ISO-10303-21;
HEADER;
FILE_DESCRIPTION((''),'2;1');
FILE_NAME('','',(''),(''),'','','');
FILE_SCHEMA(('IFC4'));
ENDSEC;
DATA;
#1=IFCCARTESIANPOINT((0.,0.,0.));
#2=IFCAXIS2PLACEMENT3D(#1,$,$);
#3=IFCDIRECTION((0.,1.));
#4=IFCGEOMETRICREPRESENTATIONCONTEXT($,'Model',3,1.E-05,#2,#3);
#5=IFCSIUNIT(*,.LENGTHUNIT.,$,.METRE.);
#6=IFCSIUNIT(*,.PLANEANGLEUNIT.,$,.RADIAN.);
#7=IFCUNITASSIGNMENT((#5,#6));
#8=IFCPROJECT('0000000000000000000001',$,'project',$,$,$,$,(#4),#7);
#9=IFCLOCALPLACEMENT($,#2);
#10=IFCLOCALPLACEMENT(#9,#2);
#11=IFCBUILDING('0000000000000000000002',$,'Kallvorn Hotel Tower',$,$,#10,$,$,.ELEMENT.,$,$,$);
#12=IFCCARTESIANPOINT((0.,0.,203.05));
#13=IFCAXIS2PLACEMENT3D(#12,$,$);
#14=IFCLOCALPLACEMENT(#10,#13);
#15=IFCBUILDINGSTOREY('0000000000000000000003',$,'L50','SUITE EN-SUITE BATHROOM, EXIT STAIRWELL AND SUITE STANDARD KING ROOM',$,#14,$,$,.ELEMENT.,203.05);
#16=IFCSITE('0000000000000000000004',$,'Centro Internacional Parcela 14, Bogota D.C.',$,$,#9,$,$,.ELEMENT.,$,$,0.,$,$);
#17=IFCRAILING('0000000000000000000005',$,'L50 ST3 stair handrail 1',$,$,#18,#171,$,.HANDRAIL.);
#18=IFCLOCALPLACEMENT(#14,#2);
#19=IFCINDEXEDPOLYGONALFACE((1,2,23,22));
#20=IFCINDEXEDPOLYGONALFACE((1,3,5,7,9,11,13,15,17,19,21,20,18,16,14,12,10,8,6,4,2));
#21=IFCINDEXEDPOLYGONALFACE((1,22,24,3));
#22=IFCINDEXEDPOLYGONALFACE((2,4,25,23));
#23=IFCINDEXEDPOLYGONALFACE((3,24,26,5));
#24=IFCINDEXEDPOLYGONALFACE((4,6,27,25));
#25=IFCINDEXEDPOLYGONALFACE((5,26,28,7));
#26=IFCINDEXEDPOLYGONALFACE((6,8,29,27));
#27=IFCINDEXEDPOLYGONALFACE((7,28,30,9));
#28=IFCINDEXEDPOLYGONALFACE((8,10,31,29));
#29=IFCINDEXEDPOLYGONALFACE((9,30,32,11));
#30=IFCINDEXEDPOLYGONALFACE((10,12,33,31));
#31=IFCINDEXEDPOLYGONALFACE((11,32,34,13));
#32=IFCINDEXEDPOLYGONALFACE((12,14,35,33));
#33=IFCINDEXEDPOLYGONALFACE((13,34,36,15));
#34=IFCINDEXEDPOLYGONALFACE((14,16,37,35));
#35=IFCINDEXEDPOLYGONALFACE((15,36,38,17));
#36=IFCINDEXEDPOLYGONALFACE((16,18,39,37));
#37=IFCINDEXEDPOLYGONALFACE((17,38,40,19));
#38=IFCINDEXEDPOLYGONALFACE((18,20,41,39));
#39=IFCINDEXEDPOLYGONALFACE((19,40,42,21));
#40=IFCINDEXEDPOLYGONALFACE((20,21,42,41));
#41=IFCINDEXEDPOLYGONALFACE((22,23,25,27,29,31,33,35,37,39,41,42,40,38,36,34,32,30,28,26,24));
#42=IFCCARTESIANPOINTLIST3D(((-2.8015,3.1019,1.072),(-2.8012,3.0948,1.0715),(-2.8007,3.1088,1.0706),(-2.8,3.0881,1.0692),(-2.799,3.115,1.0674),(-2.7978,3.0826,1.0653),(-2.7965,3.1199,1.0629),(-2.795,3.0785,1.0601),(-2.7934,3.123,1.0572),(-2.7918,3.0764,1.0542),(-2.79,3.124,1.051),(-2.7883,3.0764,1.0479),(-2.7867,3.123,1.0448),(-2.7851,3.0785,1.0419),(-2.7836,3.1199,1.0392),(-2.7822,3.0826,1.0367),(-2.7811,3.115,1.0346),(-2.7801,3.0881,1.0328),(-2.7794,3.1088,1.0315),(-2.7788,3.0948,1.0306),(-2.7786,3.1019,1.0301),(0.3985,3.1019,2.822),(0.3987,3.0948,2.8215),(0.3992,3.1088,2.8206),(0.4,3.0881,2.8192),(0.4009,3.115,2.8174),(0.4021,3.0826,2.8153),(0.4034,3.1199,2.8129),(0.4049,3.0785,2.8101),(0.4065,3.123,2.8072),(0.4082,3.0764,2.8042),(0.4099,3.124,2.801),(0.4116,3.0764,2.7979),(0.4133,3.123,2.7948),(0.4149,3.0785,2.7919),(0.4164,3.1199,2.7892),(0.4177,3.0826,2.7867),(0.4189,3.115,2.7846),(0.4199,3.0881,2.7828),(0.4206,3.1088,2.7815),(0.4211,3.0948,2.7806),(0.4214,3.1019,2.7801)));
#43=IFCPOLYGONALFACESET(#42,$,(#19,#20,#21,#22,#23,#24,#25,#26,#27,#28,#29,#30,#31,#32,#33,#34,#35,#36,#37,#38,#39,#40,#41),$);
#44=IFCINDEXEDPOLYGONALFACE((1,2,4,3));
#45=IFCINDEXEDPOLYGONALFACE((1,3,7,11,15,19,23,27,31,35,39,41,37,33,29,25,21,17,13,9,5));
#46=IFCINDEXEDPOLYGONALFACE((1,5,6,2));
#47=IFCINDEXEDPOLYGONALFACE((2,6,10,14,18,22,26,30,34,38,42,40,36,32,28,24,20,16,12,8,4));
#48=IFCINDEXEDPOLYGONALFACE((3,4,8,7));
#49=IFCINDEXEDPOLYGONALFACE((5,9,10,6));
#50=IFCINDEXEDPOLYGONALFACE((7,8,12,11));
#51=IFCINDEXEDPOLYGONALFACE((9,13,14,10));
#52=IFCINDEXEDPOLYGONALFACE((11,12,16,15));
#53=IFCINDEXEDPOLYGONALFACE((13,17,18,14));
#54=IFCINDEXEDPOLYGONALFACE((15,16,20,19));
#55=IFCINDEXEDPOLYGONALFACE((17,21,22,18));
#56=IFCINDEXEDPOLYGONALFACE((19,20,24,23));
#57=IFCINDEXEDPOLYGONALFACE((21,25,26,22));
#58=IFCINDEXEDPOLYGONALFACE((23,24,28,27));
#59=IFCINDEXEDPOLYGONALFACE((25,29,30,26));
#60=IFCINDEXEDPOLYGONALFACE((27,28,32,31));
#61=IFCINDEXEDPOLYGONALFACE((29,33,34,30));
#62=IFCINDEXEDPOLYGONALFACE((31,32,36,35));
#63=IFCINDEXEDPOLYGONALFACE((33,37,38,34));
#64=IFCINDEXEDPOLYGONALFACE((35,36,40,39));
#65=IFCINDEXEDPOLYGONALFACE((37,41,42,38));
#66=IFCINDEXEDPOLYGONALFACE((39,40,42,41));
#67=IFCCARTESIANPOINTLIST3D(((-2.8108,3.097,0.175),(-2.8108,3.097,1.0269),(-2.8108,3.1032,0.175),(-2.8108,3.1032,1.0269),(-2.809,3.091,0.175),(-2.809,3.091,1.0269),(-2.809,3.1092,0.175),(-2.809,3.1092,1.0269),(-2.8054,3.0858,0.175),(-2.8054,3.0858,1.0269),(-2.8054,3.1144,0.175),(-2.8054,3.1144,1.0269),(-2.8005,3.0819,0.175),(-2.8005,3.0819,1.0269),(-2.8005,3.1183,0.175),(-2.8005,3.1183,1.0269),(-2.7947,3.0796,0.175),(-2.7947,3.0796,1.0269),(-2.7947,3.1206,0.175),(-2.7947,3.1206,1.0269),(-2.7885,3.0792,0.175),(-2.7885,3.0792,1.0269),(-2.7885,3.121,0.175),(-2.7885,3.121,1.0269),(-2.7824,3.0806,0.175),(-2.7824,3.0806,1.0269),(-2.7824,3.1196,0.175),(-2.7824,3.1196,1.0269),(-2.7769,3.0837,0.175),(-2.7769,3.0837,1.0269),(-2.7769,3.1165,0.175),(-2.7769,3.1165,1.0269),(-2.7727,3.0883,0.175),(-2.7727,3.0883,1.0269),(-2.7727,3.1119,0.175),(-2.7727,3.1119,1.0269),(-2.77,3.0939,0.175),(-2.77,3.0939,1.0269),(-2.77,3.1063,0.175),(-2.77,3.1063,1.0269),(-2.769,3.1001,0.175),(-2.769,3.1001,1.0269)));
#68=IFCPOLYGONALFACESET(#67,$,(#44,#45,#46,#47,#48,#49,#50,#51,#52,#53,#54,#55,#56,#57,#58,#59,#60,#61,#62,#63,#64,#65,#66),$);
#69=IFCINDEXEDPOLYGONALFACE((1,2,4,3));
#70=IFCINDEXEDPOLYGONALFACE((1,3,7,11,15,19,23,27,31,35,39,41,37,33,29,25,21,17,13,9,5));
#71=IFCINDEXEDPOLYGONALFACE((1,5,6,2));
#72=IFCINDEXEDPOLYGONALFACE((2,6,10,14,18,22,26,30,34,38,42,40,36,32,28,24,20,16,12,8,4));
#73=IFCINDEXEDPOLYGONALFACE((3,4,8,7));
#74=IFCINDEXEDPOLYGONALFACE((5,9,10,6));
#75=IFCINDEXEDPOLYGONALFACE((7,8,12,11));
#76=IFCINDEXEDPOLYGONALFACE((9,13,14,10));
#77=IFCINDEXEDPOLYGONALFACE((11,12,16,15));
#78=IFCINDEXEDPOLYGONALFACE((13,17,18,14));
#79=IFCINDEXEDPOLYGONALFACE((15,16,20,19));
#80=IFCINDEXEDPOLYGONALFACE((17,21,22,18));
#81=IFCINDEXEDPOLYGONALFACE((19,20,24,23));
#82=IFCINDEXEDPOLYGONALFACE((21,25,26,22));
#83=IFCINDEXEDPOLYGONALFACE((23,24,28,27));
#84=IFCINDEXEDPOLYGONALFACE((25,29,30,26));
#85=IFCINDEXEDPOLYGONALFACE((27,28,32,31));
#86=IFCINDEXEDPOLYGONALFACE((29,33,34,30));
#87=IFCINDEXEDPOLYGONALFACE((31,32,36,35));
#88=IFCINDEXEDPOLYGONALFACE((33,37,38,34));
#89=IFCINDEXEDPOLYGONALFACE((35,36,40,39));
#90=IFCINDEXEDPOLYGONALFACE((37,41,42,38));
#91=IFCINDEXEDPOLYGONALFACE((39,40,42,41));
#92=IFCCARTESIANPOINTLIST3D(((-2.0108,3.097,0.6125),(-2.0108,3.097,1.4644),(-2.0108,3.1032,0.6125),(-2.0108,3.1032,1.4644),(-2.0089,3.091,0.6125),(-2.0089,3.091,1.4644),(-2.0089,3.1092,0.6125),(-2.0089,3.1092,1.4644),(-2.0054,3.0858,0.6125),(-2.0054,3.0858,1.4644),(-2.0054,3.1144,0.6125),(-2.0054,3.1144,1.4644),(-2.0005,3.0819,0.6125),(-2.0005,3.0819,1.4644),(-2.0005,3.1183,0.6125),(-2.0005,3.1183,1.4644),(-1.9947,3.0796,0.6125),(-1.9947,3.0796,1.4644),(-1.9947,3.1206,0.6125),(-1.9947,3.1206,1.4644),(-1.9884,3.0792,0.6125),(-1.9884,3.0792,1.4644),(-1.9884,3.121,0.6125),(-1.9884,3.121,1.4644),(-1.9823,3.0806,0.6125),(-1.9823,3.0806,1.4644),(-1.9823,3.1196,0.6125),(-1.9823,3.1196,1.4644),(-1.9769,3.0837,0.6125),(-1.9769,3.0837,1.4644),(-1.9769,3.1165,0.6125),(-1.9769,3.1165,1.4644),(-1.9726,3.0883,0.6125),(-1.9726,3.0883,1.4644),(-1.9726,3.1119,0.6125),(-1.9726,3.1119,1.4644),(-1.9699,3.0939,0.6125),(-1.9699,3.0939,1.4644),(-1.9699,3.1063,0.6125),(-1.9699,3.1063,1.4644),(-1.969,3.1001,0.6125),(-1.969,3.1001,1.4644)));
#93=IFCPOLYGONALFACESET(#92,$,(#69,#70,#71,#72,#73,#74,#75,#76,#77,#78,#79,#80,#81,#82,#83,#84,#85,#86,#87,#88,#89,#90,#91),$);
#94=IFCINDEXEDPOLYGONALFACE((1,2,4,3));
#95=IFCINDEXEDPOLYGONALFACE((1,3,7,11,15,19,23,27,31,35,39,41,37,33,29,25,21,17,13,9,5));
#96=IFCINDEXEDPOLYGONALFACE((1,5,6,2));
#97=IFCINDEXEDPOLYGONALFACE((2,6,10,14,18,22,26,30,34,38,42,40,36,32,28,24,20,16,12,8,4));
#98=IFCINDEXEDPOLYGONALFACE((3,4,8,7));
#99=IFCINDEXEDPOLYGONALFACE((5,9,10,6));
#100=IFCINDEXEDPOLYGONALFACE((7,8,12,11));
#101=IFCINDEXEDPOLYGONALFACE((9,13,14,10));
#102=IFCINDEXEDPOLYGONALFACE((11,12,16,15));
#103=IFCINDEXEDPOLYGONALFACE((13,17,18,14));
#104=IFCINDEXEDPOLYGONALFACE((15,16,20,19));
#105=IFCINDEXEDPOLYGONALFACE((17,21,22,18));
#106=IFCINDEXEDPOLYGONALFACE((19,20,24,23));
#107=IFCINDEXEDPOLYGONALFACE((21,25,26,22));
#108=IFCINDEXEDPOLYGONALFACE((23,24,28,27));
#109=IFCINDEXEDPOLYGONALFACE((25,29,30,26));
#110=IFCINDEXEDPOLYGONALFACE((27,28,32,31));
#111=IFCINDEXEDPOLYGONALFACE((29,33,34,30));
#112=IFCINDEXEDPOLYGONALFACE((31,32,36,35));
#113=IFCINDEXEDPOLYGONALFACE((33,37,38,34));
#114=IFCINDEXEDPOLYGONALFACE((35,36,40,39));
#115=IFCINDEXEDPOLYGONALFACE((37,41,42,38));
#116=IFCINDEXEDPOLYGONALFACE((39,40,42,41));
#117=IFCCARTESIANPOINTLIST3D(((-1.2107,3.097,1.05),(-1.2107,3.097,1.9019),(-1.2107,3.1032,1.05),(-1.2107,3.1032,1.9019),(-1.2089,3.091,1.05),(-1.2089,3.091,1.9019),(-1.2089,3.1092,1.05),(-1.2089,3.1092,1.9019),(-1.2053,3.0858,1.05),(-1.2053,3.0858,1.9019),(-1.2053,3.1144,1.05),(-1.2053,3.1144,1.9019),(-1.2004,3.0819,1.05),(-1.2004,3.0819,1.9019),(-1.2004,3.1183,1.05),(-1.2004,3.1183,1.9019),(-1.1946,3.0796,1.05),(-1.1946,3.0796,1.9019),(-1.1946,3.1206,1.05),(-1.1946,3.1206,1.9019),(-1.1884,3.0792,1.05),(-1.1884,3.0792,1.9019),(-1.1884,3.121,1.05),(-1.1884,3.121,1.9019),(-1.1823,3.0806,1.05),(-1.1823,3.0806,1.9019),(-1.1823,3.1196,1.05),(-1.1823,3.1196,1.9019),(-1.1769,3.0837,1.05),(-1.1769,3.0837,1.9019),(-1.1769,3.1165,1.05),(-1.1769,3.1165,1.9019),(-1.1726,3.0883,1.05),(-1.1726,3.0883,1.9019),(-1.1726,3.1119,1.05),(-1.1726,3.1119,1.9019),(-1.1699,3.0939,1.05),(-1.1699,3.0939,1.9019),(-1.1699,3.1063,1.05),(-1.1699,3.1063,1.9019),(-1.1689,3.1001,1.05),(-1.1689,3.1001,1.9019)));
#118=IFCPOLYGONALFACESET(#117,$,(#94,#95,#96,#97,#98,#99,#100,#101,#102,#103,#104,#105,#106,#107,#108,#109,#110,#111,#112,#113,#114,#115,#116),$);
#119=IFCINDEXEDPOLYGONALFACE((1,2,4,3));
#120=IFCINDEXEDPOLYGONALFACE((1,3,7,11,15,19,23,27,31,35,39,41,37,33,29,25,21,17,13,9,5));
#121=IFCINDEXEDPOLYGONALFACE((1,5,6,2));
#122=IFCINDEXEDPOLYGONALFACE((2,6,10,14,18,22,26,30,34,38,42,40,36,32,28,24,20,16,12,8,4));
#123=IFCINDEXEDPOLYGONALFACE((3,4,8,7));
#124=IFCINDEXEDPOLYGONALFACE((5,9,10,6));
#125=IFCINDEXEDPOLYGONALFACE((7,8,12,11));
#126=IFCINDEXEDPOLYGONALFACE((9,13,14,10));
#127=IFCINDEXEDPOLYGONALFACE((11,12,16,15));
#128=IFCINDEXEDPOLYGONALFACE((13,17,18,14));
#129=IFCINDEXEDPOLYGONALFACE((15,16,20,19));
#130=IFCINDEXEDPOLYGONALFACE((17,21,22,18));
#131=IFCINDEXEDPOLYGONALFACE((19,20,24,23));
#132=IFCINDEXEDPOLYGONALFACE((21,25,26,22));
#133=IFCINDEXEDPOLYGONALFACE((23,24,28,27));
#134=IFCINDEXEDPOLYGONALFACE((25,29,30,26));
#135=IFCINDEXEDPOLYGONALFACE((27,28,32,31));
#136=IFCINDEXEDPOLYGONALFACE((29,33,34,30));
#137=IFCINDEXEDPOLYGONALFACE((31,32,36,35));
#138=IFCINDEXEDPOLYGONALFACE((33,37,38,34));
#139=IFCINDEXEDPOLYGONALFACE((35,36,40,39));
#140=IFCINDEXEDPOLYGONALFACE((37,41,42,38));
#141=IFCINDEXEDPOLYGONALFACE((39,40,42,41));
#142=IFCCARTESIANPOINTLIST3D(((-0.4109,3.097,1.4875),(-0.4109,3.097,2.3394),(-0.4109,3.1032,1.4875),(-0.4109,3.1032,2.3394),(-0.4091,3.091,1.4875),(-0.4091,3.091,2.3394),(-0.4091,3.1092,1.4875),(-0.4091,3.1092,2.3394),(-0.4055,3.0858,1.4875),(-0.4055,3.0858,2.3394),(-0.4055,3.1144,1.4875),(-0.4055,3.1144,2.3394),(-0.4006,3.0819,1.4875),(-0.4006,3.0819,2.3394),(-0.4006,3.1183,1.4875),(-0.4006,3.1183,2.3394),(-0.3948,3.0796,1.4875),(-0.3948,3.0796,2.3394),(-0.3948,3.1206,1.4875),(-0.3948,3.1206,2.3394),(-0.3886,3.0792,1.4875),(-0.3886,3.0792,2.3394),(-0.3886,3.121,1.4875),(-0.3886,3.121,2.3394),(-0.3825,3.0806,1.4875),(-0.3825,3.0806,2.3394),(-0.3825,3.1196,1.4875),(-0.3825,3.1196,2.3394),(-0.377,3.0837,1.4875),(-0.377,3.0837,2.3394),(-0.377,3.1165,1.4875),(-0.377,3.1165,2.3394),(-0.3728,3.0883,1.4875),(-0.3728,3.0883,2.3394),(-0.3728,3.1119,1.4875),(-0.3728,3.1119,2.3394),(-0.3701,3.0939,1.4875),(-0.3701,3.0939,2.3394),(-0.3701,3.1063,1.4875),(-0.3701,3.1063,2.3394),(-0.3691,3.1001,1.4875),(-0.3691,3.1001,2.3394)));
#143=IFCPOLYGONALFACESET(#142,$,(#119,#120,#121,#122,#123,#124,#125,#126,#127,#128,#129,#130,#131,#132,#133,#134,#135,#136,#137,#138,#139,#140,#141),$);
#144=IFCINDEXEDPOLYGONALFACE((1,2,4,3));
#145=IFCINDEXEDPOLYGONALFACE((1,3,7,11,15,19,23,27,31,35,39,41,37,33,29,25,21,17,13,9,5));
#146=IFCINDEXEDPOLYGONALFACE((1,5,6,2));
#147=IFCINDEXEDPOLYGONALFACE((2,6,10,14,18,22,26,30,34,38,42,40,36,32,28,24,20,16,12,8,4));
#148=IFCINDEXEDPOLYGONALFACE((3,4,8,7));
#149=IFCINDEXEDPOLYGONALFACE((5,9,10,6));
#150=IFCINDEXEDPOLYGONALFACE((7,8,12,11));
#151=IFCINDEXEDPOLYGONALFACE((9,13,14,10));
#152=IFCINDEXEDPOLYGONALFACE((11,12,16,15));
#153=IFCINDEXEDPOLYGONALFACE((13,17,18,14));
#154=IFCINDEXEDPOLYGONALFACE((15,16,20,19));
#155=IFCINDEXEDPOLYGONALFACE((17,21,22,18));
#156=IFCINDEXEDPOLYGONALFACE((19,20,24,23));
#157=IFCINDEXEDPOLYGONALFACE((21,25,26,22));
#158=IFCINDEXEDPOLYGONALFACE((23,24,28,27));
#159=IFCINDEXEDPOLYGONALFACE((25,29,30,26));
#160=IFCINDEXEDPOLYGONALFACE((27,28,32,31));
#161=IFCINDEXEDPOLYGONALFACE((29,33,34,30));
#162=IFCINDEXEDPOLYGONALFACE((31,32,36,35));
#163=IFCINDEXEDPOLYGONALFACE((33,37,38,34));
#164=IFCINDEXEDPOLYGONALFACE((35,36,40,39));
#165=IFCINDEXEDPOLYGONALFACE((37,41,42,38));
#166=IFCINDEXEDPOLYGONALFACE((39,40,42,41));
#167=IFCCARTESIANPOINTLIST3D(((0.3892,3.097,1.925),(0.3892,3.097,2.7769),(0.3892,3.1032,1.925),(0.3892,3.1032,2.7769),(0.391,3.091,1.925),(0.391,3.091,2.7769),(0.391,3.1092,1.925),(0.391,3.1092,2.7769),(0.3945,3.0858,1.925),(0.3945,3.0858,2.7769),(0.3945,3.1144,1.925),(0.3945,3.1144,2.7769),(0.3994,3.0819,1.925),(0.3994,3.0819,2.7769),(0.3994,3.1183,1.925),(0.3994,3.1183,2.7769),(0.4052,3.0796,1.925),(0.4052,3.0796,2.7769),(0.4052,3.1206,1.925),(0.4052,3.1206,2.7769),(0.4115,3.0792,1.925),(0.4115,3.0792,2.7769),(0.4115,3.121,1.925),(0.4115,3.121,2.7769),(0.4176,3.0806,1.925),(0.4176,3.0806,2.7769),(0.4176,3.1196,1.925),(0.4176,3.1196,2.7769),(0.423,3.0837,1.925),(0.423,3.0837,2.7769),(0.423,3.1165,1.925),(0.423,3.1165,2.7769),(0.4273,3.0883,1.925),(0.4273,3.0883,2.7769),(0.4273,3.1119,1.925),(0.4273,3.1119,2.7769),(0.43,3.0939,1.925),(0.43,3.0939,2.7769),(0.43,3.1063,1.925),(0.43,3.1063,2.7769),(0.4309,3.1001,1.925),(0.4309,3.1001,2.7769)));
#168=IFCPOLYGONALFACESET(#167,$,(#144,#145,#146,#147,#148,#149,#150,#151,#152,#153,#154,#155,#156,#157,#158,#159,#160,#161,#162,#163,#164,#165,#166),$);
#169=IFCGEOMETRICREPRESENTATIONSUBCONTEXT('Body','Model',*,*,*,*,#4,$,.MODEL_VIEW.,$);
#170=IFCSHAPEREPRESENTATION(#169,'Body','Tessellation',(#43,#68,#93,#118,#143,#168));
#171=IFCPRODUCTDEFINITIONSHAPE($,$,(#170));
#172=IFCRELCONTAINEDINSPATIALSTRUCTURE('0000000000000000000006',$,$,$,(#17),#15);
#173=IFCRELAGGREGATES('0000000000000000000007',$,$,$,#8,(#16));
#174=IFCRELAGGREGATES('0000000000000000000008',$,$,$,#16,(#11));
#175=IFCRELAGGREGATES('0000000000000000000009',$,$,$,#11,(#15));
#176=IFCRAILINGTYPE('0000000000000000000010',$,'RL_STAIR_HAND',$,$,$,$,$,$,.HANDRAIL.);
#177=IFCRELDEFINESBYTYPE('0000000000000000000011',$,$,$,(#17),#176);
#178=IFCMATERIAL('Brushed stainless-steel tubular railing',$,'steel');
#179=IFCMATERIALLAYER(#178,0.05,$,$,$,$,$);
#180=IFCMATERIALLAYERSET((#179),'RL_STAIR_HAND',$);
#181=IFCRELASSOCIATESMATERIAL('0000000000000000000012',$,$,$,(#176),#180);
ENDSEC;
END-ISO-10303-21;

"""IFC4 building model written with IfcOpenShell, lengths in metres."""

from ifc_helpers import new_model, si_unit, direction, frame, origin, origin_2d, place, context, subcontext, project, spatial, circle, extrude, material, layer, layer_set, type_object, element, save


model = new_model("IFC4")

# Units and contexts
model_context = context("Model", 3, precision=1e-05, world=origin(), true_north=direction((0.0, 1.0)))
body_context = subcontext(model_context, "Body", "Model", "MODEL_VIEW")
ifc_project = project(units=[si_unit("LENGTHUNIT", "METRE"), si_unit("PLANEANGLEUNIT", "RADIAN")], contexts=[model_context])

# Site, building, storey
site_placement = place(None, origin())
site = spatial("IfcSite", under=ifc_project, at=site_placement, Name="Centro Internacional Parcela 14, Bogota D.C.", CompositionType="ELEMENT", RefElevation=0.0)
building_placement = place(site_placement, origin())
building = spatial("IfcBuilding", under=site, at=building_placement, Name="Kallvorn Hotel Tower", CompositionType="ELEMENT")
storey_placement = place(building_placement, frame((0.0, 0.0, 203.05)))
storey = spatial("IfcBuildingStorey", under=building, at=storey_placement, Name="L50", Description="SUITE EN-SUITE BATHROOM, EXIT STAIRWELL AND SUITE STANDARD KING ROOM", CompositionType="ELEMENT", Elevation=203.05)

# Railing
ifc_material_1 = material(Name="Brushed stainless-steel tubular railing", Category="steel")
ifc_layer_1 = layer(ifc_material_1, 0.05)
ifc_layer_set_1 = layer_set([ifc_layer_1], Name="RL_STAIR_HAND")
railing_type_1 = type_object("IfcRailingType", Name="RL_STAIR_HAND", PredefinedType="HANDRAIL", material=ifc_layer_set_1)
railing_1_placement = place(storey_placement, frame((-2.79, 3.1001, 0.175)))
element("IfcRailing", 1, at=railing_1_placement, inside=storey, type_object=railing_type_1, Name="L50 ST3 stair handrail 1", PredefinedType="HANDRAIL", context=body_context, shape_type="SweptSolid", body=[
    extrude(circle(Radius=0.0239, at=origin_2d()), frame((0.0, 0.0, 0.876), z_axis=(0.877368, 0.0, 0.479818), x_axis=(0.0, 1.0, 0.0)), (0.0, 0.0, 1.0), 3.6472),
    extrude(circle(Radius=0.021, at=origin_2d()), origin(), (0.0, 0.0, 1.0), 0.8518),
    extrude(circle(Radius=0.021, at=origin_2d()), frame((0.8, 0.0, 0.4375)), (0.0, 0.0, 1.0), 0.8518),
    extrude(circle(Radius=0.021, at=origin_2d()), frame((1.6001, 0.0, 0.875)), (0.0, 0.0, 1.0), 0.8518),
    extrude(circle(Radius=0.021, at=origin_2d()), frame((2.3999, 0.0, 1.3125)), (0.0, 0.0, 1.0), 0.8518),
    extrude(circle(Radius=0.021, at=origin_2d()), frame((3.2, 0.0, 1.75)), (0.0, 0.0, 1.0), 0.8518),
])

save(model, "model.ifc")
